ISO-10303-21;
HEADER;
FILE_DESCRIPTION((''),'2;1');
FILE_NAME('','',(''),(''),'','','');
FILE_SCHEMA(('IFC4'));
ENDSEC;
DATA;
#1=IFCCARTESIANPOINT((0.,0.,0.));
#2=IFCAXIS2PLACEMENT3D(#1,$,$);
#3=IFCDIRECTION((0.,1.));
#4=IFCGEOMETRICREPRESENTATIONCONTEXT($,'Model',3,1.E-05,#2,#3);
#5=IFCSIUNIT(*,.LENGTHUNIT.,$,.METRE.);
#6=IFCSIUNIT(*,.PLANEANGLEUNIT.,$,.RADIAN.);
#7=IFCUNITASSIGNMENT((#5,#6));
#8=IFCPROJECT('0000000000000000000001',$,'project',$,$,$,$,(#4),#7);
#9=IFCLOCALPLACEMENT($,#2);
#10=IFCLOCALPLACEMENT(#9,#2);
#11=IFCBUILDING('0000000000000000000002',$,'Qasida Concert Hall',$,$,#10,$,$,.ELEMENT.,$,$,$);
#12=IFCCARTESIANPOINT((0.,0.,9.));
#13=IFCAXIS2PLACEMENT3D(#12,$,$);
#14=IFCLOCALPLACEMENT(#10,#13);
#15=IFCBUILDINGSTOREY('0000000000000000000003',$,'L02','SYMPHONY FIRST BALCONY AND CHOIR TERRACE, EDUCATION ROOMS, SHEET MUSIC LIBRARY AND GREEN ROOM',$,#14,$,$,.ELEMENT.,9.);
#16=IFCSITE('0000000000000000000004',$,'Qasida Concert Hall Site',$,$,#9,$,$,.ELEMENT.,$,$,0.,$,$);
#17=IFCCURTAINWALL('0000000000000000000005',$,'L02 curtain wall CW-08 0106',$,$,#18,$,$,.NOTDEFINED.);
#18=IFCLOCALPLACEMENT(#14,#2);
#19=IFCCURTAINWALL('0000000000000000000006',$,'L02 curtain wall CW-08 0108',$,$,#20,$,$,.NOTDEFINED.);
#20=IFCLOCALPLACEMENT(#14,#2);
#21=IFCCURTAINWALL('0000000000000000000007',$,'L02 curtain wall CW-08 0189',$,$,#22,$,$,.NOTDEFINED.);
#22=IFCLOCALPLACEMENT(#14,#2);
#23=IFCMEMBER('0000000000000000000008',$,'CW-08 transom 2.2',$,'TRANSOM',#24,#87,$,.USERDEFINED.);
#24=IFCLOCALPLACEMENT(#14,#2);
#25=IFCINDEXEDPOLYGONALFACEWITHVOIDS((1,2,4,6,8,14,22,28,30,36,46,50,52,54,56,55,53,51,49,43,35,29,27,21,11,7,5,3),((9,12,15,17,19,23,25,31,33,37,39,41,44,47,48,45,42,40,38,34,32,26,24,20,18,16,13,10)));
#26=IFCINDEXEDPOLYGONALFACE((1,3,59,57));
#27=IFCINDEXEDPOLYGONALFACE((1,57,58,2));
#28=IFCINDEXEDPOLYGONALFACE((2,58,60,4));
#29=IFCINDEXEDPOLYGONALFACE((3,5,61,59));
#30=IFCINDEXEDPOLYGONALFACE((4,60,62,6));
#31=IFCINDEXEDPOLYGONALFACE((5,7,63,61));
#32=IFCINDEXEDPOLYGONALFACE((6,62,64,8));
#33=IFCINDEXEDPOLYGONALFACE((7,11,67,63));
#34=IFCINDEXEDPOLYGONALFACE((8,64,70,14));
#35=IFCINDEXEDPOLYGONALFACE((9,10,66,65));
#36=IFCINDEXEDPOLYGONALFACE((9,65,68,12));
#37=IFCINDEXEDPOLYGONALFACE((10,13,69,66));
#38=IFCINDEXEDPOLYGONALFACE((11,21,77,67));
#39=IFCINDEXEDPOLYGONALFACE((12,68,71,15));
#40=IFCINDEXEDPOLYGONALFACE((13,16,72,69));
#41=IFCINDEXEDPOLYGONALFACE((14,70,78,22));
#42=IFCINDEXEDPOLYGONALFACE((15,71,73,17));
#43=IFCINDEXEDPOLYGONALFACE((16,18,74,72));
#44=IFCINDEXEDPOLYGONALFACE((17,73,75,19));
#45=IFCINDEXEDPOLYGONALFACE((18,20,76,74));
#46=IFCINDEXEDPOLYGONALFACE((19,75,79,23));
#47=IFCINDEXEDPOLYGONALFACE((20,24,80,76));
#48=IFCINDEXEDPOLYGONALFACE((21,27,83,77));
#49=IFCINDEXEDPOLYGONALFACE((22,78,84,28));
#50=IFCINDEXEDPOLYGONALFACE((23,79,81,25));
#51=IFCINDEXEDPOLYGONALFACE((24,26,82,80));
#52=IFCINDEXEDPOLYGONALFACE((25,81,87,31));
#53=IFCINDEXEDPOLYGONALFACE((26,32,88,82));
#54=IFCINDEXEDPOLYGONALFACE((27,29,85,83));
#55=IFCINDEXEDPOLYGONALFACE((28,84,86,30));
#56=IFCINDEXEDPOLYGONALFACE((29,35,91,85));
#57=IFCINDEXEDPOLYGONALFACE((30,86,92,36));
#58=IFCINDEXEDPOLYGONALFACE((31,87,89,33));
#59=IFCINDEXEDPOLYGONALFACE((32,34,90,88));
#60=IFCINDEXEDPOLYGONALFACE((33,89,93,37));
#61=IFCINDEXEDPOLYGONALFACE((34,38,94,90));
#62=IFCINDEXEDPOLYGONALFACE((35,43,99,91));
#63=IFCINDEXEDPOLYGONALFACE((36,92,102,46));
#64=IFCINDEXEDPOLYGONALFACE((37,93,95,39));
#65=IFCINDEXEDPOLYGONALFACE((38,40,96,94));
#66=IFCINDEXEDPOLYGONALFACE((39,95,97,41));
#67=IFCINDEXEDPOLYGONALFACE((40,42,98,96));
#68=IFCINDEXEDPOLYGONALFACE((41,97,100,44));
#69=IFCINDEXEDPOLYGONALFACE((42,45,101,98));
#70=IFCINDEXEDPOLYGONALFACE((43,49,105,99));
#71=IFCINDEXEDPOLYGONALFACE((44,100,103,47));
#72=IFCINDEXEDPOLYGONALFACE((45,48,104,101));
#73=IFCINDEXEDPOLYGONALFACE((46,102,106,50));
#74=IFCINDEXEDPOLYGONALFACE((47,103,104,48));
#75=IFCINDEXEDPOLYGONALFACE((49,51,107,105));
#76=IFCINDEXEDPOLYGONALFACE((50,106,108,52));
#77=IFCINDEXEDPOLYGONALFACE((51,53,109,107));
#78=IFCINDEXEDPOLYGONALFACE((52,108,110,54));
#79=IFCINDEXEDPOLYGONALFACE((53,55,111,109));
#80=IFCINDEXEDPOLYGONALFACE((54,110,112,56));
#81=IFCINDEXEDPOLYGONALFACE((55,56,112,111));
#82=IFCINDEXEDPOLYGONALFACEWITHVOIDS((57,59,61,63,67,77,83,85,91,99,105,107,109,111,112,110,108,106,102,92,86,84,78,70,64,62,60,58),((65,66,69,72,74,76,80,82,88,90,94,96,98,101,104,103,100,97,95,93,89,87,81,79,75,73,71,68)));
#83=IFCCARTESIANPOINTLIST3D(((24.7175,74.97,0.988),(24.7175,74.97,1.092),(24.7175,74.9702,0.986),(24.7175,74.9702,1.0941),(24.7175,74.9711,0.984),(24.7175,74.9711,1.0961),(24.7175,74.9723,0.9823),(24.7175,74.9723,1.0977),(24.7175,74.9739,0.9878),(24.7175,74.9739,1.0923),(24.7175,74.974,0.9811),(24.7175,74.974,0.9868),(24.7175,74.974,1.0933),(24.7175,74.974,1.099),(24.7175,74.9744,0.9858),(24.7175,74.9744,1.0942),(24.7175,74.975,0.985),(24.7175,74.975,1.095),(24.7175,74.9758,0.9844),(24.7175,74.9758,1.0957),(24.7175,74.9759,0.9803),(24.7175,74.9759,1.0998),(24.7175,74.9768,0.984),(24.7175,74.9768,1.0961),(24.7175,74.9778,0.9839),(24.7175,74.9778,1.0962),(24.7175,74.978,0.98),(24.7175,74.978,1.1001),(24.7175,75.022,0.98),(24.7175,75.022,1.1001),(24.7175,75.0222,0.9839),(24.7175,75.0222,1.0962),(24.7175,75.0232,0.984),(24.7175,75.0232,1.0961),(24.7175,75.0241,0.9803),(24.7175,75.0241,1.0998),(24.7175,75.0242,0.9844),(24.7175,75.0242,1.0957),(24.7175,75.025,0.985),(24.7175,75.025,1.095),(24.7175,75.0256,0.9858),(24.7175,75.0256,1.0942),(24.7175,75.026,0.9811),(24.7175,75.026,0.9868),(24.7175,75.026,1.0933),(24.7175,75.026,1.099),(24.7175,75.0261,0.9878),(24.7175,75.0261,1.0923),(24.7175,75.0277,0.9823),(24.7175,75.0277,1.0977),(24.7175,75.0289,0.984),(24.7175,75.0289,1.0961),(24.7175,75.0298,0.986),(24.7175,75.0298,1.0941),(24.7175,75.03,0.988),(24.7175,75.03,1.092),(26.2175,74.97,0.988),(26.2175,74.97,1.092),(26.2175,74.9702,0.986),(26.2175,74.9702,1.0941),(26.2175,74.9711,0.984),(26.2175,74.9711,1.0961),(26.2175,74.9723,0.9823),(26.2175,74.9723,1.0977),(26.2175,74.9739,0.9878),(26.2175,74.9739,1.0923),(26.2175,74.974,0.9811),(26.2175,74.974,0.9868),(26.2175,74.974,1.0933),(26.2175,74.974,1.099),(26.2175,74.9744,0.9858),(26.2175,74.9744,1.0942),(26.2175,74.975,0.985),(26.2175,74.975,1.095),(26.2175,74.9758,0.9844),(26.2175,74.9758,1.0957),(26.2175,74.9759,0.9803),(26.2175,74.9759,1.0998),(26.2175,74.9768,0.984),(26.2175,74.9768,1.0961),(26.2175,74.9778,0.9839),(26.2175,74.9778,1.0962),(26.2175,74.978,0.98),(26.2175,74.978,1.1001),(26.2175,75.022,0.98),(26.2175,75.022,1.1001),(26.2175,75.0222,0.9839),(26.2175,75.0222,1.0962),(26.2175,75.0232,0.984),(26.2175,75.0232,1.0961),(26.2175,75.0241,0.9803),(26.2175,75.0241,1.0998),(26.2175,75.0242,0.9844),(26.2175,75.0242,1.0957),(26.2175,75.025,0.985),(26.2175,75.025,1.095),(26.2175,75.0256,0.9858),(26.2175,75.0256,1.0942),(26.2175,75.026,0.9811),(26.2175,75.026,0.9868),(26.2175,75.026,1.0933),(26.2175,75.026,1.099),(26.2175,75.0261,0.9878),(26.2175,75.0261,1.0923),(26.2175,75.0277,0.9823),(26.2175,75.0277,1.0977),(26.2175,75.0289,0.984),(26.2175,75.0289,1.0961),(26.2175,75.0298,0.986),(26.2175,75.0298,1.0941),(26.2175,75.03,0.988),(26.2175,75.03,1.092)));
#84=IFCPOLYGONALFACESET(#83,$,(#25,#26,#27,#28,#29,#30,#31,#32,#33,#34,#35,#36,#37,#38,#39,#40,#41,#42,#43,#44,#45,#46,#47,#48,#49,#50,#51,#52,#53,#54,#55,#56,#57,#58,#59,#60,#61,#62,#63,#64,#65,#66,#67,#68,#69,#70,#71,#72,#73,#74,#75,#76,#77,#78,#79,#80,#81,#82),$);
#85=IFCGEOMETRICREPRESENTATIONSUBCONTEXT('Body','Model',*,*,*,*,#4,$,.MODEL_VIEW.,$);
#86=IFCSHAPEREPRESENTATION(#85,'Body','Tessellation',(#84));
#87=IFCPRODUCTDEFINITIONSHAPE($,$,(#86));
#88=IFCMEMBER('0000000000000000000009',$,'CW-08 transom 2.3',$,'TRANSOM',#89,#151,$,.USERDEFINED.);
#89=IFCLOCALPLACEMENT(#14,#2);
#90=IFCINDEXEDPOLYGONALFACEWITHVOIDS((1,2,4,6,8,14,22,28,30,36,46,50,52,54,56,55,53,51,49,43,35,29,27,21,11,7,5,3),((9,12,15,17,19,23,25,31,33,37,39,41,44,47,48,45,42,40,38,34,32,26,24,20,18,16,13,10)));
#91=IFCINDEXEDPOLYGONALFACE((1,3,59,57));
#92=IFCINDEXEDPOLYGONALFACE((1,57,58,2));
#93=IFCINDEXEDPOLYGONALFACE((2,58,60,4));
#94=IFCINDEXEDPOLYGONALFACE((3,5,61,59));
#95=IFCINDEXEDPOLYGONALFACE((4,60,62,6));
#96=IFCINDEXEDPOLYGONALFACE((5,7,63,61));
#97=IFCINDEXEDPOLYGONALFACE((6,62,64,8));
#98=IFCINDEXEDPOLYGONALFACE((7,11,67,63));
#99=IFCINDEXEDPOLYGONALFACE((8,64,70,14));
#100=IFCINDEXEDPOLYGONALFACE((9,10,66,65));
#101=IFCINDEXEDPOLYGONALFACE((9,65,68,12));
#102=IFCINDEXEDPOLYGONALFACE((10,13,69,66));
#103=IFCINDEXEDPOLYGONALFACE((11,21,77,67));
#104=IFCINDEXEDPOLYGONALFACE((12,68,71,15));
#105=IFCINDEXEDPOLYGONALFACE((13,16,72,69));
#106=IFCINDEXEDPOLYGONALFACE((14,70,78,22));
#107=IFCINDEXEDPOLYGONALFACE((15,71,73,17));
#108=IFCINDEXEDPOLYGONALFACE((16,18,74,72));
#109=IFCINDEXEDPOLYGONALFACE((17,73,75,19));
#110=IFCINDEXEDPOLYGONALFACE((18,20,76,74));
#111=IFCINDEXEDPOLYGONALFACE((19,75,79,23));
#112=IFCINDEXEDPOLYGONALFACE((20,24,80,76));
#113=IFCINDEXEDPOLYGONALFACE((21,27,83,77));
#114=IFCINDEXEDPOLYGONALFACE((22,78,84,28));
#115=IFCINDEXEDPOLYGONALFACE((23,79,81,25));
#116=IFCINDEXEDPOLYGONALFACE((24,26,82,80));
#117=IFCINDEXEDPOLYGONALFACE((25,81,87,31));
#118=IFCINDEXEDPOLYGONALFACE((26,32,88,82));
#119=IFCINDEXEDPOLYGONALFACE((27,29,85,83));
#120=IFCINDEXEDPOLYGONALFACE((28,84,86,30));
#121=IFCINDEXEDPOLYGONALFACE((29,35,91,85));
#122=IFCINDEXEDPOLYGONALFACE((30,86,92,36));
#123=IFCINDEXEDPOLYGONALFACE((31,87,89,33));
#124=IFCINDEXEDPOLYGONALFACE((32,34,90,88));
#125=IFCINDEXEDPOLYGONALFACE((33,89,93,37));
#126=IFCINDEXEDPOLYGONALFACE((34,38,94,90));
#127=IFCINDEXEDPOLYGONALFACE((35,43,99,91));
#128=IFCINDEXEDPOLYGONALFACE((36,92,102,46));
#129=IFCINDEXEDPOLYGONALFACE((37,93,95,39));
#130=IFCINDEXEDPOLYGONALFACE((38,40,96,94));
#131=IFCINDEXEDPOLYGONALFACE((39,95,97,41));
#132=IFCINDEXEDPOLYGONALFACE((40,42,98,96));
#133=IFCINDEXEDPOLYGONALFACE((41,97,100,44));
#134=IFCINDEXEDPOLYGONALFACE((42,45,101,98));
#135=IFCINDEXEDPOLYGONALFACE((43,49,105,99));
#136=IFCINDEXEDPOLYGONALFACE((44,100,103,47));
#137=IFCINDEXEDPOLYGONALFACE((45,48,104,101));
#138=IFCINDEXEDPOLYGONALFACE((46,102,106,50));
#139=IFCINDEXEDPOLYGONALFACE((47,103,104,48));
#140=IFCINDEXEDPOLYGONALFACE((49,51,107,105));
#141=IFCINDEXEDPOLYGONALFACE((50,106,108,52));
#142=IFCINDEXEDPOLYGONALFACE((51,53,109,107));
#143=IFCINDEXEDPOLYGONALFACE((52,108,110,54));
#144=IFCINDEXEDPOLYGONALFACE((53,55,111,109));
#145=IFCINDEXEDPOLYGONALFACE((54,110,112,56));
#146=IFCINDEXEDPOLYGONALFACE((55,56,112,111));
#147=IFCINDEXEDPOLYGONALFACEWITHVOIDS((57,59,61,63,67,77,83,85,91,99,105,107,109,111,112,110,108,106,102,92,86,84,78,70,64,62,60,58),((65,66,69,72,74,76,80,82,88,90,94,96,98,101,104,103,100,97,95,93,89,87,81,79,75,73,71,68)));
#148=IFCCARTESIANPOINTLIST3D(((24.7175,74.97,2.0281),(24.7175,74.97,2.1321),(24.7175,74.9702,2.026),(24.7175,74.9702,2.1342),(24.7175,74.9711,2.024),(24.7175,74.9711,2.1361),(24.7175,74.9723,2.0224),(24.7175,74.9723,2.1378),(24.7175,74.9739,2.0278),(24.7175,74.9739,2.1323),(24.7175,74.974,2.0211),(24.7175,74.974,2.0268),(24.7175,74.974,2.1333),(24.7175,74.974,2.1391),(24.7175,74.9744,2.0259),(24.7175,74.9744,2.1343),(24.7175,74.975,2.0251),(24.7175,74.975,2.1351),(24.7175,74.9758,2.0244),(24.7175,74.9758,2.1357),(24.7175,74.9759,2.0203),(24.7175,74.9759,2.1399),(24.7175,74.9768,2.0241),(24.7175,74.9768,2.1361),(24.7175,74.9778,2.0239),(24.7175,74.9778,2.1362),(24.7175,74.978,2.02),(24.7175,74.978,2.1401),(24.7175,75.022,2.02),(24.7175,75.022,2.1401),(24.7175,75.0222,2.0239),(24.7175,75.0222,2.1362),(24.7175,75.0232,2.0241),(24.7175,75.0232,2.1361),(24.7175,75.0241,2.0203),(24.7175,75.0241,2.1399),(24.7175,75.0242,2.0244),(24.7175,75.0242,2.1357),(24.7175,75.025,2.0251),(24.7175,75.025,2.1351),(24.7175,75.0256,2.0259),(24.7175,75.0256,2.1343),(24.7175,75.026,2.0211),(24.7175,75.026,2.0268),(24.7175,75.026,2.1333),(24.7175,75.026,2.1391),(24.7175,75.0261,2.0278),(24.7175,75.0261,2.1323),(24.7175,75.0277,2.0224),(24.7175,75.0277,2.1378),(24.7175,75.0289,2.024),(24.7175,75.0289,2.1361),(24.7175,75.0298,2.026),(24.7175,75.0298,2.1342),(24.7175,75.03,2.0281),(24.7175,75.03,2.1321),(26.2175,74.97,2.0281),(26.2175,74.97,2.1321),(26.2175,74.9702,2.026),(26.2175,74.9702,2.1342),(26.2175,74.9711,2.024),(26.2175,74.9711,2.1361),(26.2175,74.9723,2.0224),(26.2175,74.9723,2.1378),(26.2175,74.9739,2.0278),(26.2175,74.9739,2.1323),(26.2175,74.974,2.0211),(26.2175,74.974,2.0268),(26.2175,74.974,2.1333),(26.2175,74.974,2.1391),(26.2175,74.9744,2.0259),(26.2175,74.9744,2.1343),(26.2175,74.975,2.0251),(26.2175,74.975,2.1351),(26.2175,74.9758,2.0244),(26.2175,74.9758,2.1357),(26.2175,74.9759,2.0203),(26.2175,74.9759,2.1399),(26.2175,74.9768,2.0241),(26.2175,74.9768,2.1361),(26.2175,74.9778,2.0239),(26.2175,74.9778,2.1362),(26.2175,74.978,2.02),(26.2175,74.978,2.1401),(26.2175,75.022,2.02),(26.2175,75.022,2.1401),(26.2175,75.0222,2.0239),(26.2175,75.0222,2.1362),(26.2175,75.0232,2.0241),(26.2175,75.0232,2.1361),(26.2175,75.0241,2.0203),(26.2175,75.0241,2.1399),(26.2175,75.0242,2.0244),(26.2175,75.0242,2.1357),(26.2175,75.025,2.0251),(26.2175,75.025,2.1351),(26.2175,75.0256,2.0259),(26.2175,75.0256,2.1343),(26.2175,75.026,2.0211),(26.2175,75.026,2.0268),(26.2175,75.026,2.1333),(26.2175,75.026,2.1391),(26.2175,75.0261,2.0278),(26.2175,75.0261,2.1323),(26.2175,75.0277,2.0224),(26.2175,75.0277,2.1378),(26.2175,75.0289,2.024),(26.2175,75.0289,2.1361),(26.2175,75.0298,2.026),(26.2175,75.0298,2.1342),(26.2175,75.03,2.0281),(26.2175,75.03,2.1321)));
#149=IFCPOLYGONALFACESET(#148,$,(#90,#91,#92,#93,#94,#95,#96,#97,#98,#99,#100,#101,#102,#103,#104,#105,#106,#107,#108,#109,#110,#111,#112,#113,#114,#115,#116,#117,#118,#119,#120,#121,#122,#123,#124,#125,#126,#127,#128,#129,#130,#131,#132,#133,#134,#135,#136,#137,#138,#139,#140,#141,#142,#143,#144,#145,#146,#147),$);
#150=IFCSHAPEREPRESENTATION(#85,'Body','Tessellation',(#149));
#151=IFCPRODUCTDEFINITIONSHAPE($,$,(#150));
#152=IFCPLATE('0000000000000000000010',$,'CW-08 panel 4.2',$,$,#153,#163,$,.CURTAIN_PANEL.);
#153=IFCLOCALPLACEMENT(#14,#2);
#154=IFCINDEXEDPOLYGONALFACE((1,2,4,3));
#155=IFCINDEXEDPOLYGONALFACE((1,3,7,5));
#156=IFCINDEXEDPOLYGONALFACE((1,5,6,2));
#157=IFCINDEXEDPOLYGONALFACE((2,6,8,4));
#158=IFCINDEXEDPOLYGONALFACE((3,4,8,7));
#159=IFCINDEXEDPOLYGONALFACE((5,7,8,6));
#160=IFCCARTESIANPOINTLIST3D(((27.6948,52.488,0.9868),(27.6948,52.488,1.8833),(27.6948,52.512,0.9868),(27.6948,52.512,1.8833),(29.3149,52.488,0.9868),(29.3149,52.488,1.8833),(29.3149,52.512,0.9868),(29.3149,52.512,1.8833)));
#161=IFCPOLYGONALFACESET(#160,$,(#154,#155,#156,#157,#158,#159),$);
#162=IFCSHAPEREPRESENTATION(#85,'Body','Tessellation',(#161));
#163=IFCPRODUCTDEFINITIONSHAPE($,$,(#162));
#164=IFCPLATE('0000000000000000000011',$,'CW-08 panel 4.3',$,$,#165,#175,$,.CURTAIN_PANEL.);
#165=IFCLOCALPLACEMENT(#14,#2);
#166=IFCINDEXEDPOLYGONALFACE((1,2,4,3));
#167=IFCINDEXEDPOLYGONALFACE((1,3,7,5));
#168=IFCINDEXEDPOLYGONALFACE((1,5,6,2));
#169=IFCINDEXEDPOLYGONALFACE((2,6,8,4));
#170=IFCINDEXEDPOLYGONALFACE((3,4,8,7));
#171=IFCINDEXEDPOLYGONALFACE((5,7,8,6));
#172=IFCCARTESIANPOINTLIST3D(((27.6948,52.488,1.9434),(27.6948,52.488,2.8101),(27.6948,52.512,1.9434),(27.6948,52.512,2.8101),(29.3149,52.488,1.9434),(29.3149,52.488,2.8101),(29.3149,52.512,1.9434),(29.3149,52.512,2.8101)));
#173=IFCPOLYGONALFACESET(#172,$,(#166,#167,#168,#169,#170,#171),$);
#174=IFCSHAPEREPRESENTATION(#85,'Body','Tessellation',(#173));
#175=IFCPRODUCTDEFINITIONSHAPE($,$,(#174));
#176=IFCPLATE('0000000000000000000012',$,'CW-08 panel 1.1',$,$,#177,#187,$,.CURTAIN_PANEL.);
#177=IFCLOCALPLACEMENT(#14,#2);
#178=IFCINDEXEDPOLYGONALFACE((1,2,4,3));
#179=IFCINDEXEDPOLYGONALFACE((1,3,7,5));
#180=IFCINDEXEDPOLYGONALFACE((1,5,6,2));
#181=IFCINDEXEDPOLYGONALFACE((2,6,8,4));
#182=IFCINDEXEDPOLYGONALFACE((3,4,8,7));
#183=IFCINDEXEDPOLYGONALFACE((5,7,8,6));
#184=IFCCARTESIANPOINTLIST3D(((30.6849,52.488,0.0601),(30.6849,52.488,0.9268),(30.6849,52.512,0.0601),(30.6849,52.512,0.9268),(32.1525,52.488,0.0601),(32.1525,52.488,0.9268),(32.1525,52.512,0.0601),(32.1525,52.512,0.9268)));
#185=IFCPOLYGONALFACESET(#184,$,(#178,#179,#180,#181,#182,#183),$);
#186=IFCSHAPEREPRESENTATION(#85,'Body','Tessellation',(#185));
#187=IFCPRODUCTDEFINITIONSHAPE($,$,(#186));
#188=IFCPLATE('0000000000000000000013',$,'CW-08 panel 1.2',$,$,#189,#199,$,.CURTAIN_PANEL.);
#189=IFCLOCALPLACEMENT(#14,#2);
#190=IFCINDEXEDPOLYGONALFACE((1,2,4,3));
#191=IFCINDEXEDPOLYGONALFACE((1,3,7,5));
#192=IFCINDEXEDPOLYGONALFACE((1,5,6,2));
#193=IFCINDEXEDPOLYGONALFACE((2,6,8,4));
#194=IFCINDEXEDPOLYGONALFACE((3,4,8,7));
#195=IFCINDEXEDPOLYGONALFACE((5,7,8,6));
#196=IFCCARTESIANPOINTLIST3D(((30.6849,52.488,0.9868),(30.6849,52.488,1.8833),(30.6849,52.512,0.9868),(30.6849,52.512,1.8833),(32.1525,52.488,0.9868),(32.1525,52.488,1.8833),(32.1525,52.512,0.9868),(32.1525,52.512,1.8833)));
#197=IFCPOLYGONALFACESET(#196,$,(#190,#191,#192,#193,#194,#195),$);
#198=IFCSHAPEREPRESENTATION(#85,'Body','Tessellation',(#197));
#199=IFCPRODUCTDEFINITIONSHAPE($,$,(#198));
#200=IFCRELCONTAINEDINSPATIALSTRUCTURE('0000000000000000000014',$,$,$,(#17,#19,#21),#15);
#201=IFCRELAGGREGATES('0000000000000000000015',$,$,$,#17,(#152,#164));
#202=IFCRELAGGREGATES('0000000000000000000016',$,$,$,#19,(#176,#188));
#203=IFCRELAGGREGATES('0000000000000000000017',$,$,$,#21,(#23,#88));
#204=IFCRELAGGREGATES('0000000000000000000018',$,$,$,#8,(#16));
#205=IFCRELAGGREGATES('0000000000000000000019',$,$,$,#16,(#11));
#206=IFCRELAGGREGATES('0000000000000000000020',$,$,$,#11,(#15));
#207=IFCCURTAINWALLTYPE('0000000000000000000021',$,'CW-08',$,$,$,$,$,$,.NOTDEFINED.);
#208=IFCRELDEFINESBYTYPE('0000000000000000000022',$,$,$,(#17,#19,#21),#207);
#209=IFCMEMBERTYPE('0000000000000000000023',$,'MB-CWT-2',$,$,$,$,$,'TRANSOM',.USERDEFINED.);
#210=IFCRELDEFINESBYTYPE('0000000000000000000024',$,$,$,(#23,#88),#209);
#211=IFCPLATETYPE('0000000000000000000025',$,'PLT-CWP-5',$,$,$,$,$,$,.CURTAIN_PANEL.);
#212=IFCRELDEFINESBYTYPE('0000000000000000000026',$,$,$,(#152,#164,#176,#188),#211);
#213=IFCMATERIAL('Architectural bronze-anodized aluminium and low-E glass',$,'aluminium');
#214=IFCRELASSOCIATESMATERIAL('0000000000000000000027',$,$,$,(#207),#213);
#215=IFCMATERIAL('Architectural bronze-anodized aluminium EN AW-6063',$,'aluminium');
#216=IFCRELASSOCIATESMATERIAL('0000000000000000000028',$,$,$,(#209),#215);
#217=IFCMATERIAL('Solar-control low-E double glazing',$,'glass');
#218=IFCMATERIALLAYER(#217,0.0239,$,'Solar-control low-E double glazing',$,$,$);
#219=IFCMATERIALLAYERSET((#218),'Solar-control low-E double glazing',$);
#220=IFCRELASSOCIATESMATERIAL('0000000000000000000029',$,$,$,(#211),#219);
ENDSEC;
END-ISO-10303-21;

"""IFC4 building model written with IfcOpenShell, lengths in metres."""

from ifc_helpers import new_model, si_unit, direction, frame, origin, origin_2d, place, context, subcontext, project, spatial, rectangle, hollow_rectangle, extrude, material, layer, layer_set, material_profile, profile_set, type_object, element, aggregate, save


model = new_model("IFC4")

# Units and contexts
model_context = context("Model", 3, precision=1e-05, world=origin(), true_north=direction((0.0, 1.0)))
body_context = subcontext(model_context, "Body", "Model", "MODEL_VIEW")
ifc_project = project(units=[si_unit("LENGTHUNIT", "METRE"), si_unit("PLANEANGLEUNIT", "RADIAN")], contexts=[model_context])

# Site, building, storey
site_placement = place(None, origin())
site = spatial("IfcSite", under=ifc_project, at=site_placement, Name="Qasida Concert Hall Site", CompositionType="ELEMENT", RefElevation=0.0)
building_placement = place(site_placement, origin())
building = spatial("IfcBuilding", under=site, at=building_placement, Name="Qasida Concert Hall", CompositionType="ELEMENT")
storey_placement = place(building_placement, frame((0.0, 0.0, 9.0)))
storey = spatial("IfcBuildingStorey", under=building, at=storey_placement, Name="L02", Description="SYMPHONY FIRST BALCONY AND CHOIR TERRACE, EDUCATION ROOMS, SHEET MUSIC LIBRARY AND GREEN ROOM", CompositionType="ELEMENT", Elevation=9.0)

# Curtain wall
ifc_material_1 = material(Name="Architectural bronze-anodized aluminium and low-E glass", Category="aluminium")
curtain_wall_type = type_object("IfcCurtainWallType", Name="CW-08", PredefinedType="NOTDEFINED", material=ifc_material_1)
curtain_wall_1_placement = place(storey_placement, origin())
curtain_wall_1 = element("IfcCurtainWall", 1, at=curtain_wall_1_placement, inside=storey, type_object=curtain_wall_type, Name="L02 curtain wall CW-08 0106", PredefinedType="NOTDEFINED")
ifc_material_2 = material(Name="Architectural bronze-anodized aluminium EN AW-6063", Category="aluminium")

# Curtain wall
curtain_wall_2_placement = place(storey_placement, origin())
curtain_wall_2 = element("IfcCurtainWall", 2, at=curtain_wall_2_placement, inside=storey, type_object=curtain_wall_type, Name="L02 curtain wall CW-08 0108", PredefinedType="NOTDEFINED")

# Curtain wall
curtain_wall_3_placement = place(storey_placement, origin())
curtain_wall_3 = element("IfcCurtainWall", 3, at=curtain_wall_3_placement, inside=storey, type_object=curtain_wall_type, Name="L02 curtain wall CW-08 0189", PredefinedType="NOTDEFINED")

# Members
ifc_material_profile_1 = material_profile(ifc_material_2, hollow_rectangle(XDim=0.0601, YDim=0.1201, WallThickness=0.0039, InnerFilletRadius=0.0039, OuterFilletRadius=0.0081, at=origin_2d()), Name="CWT 120x60x4")
ifc_profile_set_1 = profile_set([ifc_material_profile_1], Name="Architectural bronze-anodized aluminium EN AW-6063")
member_type_1 = type_object("IfcMemberType", Name="MB-CWT-2", ElementType="TRANSOM", PredefinedType="USERDEFINED", material=ifc_profile_set_1)
member_1_placement = place(storey_placement, frame((24.7175, 75.0, 1.04), z_axis=(1.0, 0.0, 0.0), x_axis=(0.0, 1.0, 0.0)))
member_1 = element("IfcMember", 4, at=member_1_placement, type_object=member_type_1, Name="CW-08 transom 2.2", ObjectType="TRANSOM", PredefinedType="USERDEFINED", context=body_context, shape_type="SweptSolid", body=[
    extrude(hollow_rectangle(XDim=0.0601, YDim=0.1201, WallThickness=0.0039, InnerFilletRadius=0.0039, OuterFilletRadius=0.0081, at=origin_2d()), origin(), (0.0, 0.0, 1.0), 1.5),
])
member_2_placement = place(storey_placement, frame((24.7175, 75.0, 2.0801), z_axis=(1.0, 0.0, 0.0), x_axis=(0.0, 1.0, 0.0)))
member_2 = element("IfcMember", 5, at=member_2_placement, type_object=member_type_1, Name="CW-08 transom 2.3", ObjectType="TRANSOM", PredefinedType="USERDEFINED", context=body_context, shape_type="SweptSolid", body=[
    extrude(hollow_rectangle(XDim=0.0601, YDim=0.1201, WallThickness=0.0039, InnerFilletRadius=0.0039, OuterFilletRadius=0.0081, at=origin_2d()), origin(), (0.0, 0.0, 1.0), 1.5),
])

# Plates
ifc_material_3 = material(Name="Solar-control low-E double glazing", Category="glass")
ifc_layer = layer(ifc_material_3, 0.0239, Name="Solar-control low-E double glazing")
ifc_layer_set = layer_set([ifc_layer], Name="Solar-control low-E double glazing")
plate_type = type_object("IfcPlateType", Name="PLT-CWP-5", PredefinedType="CURTAIN_PANEL", material=ifc_layer_set)
plate_1_placement = place(storey_placement, frame((28.5049, 52.5, 0.9868), z_axis=(0.0, 0.0, 1.0), x_axis=(1.0, 0.0, 0.0)))
plate_1 = element("IfcPlate", 6, at=plate_1_placement, type_object=plate_type, Name="CW-08 panel 4.2", PredefinedType="CURTAIN_PANEL", context=body_context, shape_type="SweptSolid", body=[
    extrude(rectangle(XDim=1.6201, YDim=0.0239, at=origin_2d()), origin(), (0.0, 0.0, 1.0), 0.8965),
])
plate_2_placement = place(storey_placement, frame((28.5049, 52.5, 1.9434), z_axis=(0.0, 0.0, 1.0), x_axis=(1.0, 0.0, 0.0)))
plate_2 = element("IfcPlate", 7, at=plate_2_placement, type_object=plate_type, Name="CW-08 panel 4.3", PredefinedType="CURTAIN_PANEL", context=body_context, shape_type="SweptSolid", body=[
    extrude(rectangle(XDim=1.6201, YDim=0.0239, at=origin_2d()), origin(), (0.0, 0.0, 1.0), 0.8667),
])
aggregate(curtain_wall_1, [plate_1, plate_2])
plate_3_placement = place(storey_placement, frame((31.4187, 52.5, 0.0601), z_axis=(0.0, 0.0, 1.0), x_axis=(1.0, 0.0, 0.0)))
plate_3 = element("IfcPlate", 8, at=plate_3_placement, type_object=plate_type, Name="CW-08 panel 1.1", PredefinedType="CURTAIN_PANEL", context=body_context, shape_type="SweptSolid", body=[
    extrude(rectangle(XDim=1.4675, YDim=0.0239, at=origin_2d()), origin(), (0.0, 0.0, 1.0), 0.8667),
])
plate_4_placement = place(storey_placement, frame((31.4187, 52.5, 0.9868), z_axis=(0.0, 0.0, 1.0), x_axis=(1.0, 0.0, 0.0)))
plate_4 = element("IfcPlate", 9, at=plate_4_placement, type_object=plate_type, Name="CW-08 panel 1.2", PredefinedType="CURTAIN_PANEL", context=body_context, shape_type="SweptSolid", body=[
    extrude(rectangle(XDim=1.4675, YDim=0.0239, at=origin_2d()), origin(), (0.0, 0.0, 1.0), 0.8965),
])
aggregate(curtain_wall_2, [plate_3, plate_4])
aggregate(curtain_wall_3, [member_1, member_2])

save(model, "model.ifc")
